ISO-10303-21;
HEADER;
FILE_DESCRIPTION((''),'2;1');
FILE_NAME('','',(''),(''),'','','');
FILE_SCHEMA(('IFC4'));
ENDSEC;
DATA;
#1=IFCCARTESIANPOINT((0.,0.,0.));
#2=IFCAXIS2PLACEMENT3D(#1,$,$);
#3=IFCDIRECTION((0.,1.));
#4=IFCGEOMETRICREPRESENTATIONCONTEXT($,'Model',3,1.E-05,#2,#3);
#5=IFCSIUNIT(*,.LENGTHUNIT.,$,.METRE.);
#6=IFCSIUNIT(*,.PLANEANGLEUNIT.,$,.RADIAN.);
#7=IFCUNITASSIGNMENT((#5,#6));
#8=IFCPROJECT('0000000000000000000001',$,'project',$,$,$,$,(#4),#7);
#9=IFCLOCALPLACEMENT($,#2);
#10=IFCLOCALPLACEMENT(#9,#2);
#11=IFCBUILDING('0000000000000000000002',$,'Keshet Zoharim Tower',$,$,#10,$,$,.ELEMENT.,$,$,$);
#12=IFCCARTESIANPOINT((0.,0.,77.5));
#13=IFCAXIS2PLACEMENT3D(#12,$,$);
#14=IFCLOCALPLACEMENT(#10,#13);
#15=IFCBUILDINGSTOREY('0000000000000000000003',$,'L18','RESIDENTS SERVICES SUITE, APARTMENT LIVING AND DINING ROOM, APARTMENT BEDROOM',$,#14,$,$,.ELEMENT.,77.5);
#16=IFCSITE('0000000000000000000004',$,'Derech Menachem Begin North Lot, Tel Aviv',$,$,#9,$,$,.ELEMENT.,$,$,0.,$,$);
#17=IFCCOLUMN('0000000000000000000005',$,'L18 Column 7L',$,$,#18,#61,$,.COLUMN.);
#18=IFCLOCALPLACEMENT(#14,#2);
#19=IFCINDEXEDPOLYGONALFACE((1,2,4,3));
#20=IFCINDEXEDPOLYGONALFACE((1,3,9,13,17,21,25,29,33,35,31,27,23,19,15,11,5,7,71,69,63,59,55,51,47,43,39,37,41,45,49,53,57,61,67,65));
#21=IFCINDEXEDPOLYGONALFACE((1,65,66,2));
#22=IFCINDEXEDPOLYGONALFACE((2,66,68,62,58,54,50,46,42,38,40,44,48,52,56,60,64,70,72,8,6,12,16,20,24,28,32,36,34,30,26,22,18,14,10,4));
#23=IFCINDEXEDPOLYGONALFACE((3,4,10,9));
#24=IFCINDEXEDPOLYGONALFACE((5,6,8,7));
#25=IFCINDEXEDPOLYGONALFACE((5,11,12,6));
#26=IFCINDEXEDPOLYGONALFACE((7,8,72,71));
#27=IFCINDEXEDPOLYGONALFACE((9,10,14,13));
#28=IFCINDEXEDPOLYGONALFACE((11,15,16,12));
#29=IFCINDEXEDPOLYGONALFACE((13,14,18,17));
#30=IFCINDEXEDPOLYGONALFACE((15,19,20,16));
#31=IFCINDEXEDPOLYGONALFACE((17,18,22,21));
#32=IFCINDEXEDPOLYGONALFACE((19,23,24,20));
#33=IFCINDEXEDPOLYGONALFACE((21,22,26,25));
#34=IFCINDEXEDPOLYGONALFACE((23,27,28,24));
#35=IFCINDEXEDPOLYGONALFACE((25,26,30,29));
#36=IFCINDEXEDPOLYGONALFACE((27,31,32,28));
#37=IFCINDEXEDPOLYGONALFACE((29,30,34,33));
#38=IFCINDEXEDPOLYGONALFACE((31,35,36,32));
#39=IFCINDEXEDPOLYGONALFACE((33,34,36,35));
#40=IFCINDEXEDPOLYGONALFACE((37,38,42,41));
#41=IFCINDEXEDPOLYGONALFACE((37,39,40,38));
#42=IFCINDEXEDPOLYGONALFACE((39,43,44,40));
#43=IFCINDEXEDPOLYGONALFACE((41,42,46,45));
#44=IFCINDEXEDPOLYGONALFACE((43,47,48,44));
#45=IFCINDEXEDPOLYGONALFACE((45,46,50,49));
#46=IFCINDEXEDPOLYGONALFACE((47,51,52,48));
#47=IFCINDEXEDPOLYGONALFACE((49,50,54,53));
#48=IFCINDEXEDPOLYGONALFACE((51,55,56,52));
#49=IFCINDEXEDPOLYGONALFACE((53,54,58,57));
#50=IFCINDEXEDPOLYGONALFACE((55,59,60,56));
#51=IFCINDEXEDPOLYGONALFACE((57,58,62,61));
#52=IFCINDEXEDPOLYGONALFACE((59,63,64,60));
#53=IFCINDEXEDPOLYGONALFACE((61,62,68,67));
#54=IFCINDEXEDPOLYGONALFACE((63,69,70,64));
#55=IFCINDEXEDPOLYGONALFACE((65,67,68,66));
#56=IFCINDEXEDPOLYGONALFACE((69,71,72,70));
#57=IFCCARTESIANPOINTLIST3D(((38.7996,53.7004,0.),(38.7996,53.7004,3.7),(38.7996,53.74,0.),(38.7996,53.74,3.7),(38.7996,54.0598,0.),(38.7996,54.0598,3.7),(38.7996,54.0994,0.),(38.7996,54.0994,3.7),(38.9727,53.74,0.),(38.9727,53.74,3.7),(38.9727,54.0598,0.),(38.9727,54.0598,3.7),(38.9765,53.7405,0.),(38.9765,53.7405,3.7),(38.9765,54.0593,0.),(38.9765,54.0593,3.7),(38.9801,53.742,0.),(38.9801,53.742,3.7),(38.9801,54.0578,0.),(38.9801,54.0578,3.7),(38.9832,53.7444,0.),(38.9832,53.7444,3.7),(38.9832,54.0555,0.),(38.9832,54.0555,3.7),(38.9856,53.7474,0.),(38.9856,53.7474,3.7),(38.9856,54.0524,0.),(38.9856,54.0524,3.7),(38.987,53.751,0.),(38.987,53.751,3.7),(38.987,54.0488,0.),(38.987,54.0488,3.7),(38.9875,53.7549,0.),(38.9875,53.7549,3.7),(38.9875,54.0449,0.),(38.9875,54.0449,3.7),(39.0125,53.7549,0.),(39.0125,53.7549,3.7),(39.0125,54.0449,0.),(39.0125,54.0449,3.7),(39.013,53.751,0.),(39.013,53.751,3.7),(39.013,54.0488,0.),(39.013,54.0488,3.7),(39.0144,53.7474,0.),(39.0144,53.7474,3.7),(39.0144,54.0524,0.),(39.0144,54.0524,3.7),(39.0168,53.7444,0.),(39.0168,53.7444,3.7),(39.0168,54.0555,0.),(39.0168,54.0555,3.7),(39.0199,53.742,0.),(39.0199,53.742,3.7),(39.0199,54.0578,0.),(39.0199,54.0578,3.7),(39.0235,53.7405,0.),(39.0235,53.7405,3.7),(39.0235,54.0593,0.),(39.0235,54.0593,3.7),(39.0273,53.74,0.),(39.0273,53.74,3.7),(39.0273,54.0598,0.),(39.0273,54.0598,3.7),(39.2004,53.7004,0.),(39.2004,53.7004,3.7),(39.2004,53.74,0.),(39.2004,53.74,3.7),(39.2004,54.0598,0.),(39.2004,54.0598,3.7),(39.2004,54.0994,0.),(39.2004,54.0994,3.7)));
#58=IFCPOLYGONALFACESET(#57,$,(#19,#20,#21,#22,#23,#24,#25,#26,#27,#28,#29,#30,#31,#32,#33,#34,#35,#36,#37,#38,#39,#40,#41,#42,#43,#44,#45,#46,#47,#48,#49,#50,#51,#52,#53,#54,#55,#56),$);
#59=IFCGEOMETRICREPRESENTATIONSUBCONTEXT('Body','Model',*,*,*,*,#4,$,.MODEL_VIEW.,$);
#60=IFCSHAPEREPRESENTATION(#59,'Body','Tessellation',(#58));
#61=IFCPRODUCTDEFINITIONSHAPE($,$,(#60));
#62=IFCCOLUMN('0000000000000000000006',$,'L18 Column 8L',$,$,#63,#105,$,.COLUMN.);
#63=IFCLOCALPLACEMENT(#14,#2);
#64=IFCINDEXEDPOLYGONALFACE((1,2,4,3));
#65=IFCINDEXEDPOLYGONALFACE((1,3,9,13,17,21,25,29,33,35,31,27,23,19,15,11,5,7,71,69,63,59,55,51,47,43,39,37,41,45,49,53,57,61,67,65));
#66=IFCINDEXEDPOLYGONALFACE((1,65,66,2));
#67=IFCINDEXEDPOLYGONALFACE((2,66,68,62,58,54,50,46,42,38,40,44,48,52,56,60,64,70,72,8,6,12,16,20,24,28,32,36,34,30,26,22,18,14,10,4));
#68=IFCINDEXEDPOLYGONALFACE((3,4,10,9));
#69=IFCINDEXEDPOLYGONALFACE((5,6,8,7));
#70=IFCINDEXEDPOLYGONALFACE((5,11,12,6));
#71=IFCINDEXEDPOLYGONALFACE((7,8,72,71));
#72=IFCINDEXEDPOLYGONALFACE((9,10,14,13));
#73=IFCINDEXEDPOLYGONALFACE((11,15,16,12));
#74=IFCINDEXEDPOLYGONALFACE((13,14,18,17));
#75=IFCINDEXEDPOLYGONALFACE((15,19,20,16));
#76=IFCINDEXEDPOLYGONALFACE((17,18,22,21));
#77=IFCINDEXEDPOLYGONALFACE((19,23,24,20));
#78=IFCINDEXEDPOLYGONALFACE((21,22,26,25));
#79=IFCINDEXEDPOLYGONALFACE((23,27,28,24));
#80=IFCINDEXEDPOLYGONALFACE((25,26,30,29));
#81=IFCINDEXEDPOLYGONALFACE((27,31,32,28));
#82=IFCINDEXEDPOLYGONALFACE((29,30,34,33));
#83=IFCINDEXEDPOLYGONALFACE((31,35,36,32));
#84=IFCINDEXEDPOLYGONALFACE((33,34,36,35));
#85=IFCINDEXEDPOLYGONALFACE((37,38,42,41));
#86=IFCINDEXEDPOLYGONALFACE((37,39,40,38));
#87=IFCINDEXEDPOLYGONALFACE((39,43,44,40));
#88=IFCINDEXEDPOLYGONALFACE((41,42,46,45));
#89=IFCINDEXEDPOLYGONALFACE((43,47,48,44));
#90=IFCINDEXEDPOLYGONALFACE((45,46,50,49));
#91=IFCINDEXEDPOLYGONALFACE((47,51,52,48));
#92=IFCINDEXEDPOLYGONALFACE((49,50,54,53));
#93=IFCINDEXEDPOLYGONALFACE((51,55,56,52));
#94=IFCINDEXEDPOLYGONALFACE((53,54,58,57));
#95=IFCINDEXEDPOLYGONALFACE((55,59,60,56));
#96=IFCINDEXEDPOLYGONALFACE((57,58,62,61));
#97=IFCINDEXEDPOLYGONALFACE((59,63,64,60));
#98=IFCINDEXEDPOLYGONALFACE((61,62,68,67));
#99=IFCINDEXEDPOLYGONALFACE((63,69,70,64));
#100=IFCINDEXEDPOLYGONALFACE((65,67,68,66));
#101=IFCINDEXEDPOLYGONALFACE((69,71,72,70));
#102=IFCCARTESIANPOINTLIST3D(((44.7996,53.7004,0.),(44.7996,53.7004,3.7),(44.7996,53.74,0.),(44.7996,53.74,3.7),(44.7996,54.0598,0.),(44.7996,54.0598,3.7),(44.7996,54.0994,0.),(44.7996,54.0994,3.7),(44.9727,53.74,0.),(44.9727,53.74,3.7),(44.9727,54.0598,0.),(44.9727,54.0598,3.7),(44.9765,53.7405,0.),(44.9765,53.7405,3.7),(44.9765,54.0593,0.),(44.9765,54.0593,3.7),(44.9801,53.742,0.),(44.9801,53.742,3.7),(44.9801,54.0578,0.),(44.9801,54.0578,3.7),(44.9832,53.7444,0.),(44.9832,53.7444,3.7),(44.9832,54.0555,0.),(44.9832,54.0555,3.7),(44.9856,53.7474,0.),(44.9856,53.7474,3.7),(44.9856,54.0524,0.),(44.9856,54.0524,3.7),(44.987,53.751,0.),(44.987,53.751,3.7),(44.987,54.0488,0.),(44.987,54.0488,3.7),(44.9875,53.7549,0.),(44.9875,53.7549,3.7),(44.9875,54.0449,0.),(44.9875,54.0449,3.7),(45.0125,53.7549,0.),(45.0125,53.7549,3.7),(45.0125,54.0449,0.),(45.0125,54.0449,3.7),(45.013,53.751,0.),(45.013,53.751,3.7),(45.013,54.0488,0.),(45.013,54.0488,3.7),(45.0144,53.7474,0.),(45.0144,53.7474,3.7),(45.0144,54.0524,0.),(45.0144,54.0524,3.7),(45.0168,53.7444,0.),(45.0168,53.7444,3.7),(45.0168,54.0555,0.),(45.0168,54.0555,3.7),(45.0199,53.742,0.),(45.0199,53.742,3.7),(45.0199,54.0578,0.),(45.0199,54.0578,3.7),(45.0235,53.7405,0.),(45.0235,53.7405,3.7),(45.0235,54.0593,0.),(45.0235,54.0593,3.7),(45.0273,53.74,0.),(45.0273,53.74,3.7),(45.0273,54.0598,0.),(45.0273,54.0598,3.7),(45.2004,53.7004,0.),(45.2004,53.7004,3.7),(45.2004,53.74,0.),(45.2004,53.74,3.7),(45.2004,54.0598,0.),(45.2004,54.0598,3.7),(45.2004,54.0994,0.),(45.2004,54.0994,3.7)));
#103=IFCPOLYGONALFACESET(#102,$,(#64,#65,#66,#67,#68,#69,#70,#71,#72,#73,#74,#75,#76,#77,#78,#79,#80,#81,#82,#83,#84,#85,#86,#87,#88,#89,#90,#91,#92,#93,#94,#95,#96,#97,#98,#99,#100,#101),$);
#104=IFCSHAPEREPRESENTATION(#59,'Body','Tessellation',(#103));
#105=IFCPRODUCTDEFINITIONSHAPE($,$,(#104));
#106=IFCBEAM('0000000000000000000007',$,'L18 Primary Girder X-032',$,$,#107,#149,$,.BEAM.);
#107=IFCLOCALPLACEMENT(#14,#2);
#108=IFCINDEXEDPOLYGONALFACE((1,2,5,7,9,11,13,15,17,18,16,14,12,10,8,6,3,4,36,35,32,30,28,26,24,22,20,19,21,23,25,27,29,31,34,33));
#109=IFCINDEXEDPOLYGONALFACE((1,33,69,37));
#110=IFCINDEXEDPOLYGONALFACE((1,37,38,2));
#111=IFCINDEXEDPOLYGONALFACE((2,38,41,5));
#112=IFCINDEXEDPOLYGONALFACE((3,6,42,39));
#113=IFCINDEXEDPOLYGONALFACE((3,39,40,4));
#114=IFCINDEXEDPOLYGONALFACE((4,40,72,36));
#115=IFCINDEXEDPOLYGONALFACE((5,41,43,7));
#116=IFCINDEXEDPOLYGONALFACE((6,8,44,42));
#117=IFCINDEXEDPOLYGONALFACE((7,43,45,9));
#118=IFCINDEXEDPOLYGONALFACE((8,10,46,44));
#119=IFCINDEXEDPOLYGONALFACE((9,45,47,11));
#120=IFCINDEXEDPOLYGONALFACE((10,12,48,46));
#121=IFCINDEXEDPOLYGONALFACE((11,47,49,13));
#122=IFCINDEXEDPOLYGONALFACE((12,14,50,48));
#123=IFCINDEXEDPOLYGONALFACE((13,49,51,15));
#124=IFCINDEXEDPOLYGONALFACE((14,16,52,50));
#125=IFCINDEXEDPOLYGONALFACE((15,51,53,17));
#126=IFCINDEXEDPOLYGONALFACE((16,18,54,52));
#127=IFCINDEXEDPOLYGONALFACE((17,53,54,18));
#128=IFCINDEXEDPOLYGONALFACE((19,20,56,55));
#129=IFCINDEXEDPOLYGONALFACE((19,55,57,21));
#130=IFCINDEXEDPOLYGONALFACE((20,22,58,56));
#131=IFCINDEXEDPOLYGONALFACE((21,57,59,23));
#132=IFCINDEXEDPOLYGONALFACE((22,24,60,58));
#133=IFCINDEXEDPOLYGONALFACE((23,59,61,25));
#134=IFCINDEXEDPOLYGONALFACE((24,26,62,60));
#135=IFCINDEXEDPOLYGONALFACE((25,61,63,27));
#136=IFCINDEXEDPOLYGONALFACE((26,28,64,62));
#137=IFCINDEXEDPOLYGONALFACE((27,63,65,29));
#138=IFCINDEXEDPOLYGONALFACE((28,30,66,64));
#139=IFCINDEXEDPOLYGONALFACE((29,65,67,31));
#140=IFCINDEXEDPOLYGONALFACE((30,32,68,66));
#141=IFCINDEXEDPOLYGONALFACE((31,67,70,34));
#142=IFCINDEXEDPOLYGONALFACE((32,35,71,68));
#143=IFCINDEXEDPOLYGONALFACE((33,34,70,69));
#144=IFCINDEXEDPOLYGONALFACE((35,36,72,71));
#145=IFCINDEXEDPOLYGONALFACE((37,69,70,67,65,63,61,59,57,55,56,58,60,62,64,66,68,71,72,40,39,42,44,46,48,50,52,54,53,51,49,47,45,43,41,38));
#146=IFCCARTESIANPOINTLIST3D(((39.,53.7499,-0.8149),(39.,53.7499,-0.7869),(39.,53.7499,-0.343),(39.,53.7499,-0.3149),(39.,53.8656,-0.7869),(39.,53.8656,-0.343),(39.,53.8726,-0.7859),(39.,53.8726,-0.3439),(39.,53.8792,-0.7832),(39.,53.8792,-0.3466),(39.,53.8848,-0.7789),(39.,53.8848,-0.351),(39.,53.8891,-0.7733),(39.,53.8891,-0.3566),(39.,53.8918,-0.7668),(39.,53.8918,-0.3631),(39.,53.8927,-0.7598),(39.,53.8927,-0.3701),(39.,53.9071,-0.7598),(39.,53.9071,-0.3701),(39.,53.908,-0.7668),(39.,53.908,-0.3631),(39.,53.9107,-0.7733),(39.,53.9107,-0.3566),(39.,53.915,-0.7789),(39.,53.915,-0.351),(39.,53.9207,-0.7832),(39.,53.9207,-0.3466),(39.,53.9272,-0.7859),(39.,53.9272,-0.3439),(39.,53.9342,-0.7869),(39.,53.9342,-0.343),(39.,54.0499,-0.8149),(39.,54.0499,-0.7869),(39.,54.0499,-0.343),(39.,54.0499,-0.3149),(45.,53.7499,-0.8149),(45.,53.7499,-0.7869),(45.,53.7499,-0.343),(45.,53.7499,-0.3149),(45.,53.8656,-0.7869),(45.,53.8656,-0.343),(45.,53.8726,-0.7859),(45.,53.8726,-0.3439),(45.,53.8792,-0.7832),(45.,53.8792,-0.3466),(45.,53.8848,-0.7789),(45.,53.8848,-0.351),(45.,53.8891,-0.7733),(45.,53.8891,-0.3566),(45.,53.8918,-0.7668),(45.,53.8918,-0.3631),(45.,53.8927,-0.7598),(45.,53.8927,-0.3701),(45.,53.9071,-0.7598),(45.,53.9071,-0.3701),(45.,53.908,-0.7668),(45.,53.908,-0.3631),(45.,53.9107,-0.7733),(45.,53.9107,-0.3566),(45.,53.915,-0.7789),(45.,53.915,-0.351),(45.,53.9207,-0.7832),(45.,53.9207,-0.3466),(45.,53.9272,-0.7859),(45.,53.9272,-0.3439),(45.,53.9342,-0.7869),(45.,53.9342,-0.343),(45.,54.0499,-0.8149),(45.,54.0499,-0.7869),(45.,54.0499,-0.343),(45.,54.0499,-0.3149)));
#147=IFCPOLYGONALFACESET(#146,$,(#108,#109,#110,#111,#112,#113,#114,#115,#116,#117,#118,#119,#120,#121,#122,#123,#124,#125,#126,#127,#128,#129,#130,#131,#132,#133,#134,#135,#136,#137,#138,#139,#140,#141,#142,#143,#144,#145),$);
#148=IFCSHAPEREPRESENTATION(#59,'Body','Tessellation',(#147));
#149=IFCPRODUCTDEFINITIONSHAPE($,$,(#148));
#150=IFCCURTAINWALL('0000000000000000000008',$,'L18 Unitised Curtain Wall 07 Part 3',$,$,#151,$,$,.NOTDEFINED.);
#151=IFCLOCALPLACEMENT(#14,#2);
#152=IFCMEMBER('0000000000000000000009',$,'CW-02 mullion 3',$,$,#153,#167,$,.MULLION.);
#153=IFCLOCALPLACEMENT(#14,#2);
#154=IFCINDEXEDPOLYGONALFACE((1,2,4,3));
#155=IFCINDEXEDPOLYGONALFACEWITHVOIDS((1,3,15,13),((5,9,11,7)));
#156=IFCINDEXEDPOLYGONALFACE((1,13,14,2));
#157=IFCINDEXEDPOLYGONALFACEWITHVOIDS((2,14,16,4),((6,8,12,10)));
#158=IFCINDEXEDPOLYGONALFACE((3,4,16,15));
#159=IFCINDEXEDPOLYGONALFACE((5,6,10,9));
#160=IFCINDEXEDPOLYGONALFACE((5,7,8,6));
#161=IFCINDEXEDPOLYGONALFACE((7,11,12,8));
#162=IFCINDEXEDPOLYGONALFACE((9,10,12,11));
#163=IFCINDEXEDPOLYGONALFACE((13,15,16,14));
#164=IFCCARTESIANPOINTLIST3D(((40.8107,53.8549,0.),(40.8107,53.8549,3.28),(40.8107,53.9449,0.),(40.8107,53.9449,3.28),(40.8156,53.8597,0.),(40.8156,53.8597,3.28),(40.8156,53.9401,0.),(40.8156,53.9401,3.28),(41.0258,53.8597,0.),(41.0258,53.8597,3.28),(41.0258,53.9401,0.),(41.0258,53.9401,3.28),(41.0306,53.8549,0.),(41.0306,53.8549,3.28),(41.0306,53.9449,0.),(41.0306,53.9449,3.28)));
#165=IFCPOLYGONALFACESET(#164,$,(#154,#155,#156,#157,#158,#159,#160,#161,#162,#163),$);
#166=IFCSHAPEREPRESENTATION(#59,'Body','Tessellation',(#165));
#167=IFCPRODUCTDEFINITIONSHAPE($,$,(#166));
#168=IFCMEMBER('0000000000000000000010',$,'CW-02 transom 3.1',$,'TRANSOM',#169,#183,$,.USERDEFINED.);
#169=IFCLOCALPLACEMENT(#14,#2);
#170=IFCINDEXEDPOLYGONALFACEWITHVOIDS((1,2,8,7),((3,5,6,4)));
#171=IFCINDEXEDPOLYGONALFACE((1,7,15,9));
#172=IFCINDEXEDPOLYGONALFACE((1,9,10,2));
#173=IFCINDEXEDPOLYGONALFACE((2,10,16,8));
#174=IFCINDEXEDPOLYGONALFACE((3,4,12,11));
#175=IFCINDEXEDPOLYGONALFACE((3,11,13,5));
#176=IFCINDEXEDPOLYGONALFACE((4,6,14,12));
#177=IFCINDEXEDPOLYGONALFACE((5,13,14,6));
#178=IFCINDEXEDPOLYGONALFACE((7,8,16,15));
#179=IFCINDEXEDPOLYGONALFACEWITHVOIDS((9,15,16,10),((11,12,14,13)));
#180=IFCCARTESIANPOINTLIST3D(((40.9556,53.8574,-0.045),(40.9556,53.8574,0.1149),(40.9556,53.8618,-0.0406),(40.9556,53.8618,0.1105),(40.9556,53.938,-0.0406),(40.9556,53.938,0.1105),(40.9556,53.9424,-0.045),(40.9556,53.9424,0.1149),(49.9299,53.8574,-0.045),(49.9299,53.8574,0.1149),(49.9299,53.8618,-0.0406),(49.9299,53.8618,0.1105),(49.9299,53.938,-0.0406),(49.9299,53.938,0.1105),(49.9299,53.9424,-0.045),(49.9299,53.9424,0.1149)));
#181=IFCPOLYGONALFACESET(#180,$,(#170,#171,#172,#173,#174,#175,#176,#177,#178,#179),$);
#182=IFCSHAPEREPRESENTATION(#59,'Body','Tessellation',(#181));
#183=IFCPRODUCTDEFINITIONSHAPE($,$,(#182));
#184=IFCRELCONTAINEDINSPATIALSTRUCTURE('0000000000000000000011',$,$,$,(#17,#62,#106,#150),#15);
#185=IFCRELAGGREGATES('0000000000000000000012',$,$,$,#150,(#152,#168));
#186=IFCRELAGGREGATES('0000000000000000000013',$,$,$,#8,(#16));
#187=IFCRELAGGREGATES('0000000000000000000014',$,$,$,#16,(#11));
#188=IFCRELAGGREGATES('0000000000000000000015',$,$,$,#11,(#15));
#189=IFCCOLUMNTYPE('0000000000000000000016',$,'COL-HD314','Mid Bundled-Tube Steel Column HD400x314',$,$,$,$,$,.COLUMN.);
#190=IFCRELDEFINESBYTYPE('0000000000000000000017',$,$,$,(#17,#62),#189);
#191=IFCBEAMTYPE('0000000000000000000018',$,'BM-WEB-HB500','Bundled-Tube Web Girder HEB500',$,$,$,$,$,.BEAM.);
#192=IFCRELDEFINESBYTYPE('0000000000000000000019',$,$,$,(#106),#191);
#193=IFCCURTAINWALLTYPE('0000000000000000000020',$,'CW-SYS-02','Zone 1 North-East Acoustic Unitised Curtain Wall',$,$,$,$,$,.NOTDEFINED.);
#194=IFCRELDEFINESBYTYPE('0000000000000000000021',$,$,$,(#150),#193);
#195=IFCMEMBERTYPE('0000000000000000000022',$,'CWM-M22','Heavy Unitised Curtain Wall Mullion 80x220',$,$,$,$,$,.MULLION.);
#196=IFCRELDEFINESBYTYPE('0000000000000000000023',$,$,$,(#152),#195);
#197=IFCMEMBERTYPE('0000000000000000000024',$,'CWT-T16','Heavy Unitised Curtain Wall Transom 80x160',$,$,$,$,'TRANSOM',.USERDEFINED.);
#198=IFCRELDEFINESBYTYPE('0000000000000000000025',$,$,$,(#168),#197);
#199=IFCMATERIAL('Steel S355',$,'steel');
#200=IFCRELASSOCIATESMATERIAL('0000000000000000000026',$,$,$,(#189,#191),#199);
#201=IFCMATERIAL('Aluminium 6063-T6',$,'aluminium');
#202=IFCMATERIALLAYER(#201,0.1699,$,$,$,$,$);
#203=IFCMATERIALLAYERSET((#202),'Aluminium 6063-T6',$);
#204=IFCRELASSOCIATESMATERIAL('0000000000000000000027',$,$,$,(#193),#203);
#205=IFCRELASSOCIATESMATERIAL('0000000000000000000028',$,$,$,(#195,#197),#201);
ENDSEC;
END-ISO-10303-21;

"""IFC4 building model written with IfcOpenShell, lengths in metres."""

from ifc_helpers import new_model, si_unit, direction, frame, origin, origin_2d, place, context, subcontext, project, spatial, hollow_rectangle, i_section, extrude, material, layer, layer_set, material_profile, profile_set, type_object, element, aggregate, save


model = new_model("IFC4")

# Units and contexts
model_context = context("Model", 3, precision=1e-05, world=origin(), true_north=direction((0.0, 1.0)))
body_context = subcontext(model_context, "Body", "Model", "MODEL_VIEW")
ifc_project = project(units=[si_unit("LENGTHUNIT", "METRE"), si_unit("PLANEANGLEUNIT", "RADIAN")], contexts=[model_context])

# Site, building, storey
site_placement = place(None, origin())
site = spatial("IfcSite", under=ifc_project, at=site_placement, Name="Derech Menachem Begin North Lot, Tel Aviv", CompositionType="ELEMENT", RefElevation=0.0)
building_placement = place(site_placement, origin())
building = spatial("IfcBuilding", under=site, at=building_placement, Name="Keshet Zoharim Tower", CompositionType="ELEMENT")
storey_placement = place(building_placement, frame((0.0, 0.0, 77.5)))
storey = spatial("IfcBuildingStorey", under=building, at=storey_placement, Name="L18", Description="RESIDENTS SERVICES SUITE, APARTMENT LIVING AND DINING ROOM, APARTMENT BEDROOM", CompositionType="ELEMENT", Elevation=77.5)

# Columns
ifc_material_1 = material(Name="Steel S355", Category="steel")
ifc_material_profile_1 = material_profile(ifc_material_1, i_section(OverallWidth=0.4009, OverallDepth=0.3989, WebThickness=0.0249, FlangeThickness=0.0396, FilletRadius=0.0149, at=origin_2d()), Name="HD400x314")
ifc_profile_set_1 = profile_set([ifc_material_profile_1], Name="Steel S355")
column_type = type_object("IfcColumnType", Name="COL-HD314", Description="Mid Bundled-Tube Steel Column HD400x314", PredefinedType="COLUMN", material=ifc_profile_set_1)
for number, where, z_axis, x_axis, name in (
    (1, (39.0, 53.8999, 0.0), (0.0, 0.0, 1.0), (1.0, 0.0, 0.0), "L18 Column 7L"),
    (2, (45.0, 53.8999, 0.0), (0.0, 0.0, 1.0), (1.0, 0.0, 0.0), "L18 Column 8L"),
):
    element("IfcColumn", number, at=place(storey_placement, frame(where, z_axis=z_axis, x_axis=x_axis)), inside=storey, type_object=column_type, Name=name, PredefinedType="COLUMN", context=body_context, shape_type="SweptSolid", body=[
        extrude(i_section(OverallWidth=0.4009, OverallDepth=0.3989, WebThickness=0.0249, FlangeThickness=0.0396, FilletRadius=0.0149, at=origin_2d()), origin(), (0.0, 0.0, 1.0), 3.7),
    ])

# Beam
ifc_material_profile_2 = material_profile(ifc_material_1, i_section(OverallWidth=0.3, OverallDepth=0.5, WebThickness=0.0144, FlangeThickness=0.0281, FilletRadius=0.0271, at=origin_2d()), Name="HEB500")
ifc_profile_set_2 = profile_set([ifc_material_profile_2], Name="Steel S355")
beam_type = type_object("IfcBeamType", Name="BM-WEB-HB500", Description="Bundled-Tube Web Girder HEB500", PredefinedType="BEAM", material=ifc_profile_set_2)
beam_placement = place(storey_placement, frame((39.0, 53.8999, -0.5649), z_axis=(1.0, 0.0, 0.0), x_axis=(0.0, 1.0, 0.0)))
element("IfcBeam", 3, at=beam_placement, inside=storey, type_object=beam_type, Name="L18 Primary Girder X-032", PredefinedType="BEAM", context=body_context, shape_type="SweptSolid", body=[
    extrude(i_section(OverallWidth=0.3, OverallDepth=0.5, WebThickness=0.0144, FlangeThickness=0.0281, FilletRadius=0.0271, at=origin_2d()), origin(), (0.0, 0.0, 1.0), 6.0),
])

# Curtain wall, members
ifc_material_2 = material(Name="Aluminium 6063-T6", Category="aluminium")
ifc_layer_1 = layer(ifc_material_2, 0.1699)
ifc_layer_set_1 = layer_set([ifc_layer_1], Name="Aluminium 6063-T6")
curtain_wall_type = type_object("IfcCurtainWallType", Name="CW-SYS-02", Description="Zone 1 North-East Acoustic Unitised Curtain Wall", PredefinedType="NOTDEFINED", material=ifc_layer_set_1)
curtain_wall_placement = place(storey_placement, origin())
curtain_wall = element("IfcCurtainWall", 4, at=curtain_wall_placement, inside=storey, type_object=curtain_wall_type, Name="L18 Unitised Curtain Wall 07 Part 3", PredefinedType="NOTDEFINED")
ifc_material_profile_3 = material_profile(ifc_material_2, hollow_rectangle(XDim=0.0901, YDim=0.22, WallThickness=0.0049, at=origin_2d()), Name="MUL-90x220")
ifc_profile_set_3 = profile_set([ifc_material_profile_3], Name="Aluminium 6063-T6")
member_type_1 = type_object("IfcMemberType", Name="CWM-M22", Description="Heavy Unitised Curtain Wall Mullion 80x220", PredefinedType="MULLION", material=ifc_profile_set_3)
member_1_placement = place(storey_placement, frame((40.9207, 53.8999, 0.0), z_axis=(0.0, 0.0, 1.0), x_axis=(0.0, 1.0, 0.0)))
member_1 = element("IfcMember", 5, at=member_1_placement, type_object=member_type_1, Name="CW-02 mullion 3", PredefinedType="MULLION", context=body_context, shape_type="SweptSolid", body=[
    extrude(hollow_rectangle(XDim=0.0901, YDim=0.22, WallThickness=0.0049, at=origin_2d()), origin(), (0.0, 0.0, 1.0), 3.28),
])
ifc_material_profile_4 = material_profile(ifc_material_2, hollow_rectangle(XDim=0.085, YDim=0.1599, WallThickness=0.0044, at=origin_2d()), Name="TRN-85x160")
ifc_profile_set_4 = profile_set([ifc_material_profile_4], Name="Aluminium 6063-T6")
member_type_2 = type_object("IfcMemberType", Name="CWT-T16", Description="Heavy Unitised Curtain Wall Transom 80x160", ElementType="TRANSOM", PredefinedType="USERDEFINED", material=ifc_profile_set_4)
member_2_placement = place(storey_placement, frame((40.9556, 53.8999, 0.0349), z_axis=(1.0, 0.0, 0.0), x_axis=(0.0, 1.0, 0.0)))
member_2 = element("IfcMember", 6, at=member_2_placement, type_object=member_type_2, Name="CW-02 transom 3.1", ObjectType="TRANSOM", PredefinedType="USERDEFINED", context=body_context, shape_type="SweptSolid", body=[
    extrude(hollow_rectangle(XDim=0.085, YDim=0.1599, WallThickness=0.0044, at=origin_2d()), origin(), (0.0, 0.0, 1.0), 8.9744),
])
aggregate(curtain_wall, [member_1, member_2])

save(model, "model.ifc")
